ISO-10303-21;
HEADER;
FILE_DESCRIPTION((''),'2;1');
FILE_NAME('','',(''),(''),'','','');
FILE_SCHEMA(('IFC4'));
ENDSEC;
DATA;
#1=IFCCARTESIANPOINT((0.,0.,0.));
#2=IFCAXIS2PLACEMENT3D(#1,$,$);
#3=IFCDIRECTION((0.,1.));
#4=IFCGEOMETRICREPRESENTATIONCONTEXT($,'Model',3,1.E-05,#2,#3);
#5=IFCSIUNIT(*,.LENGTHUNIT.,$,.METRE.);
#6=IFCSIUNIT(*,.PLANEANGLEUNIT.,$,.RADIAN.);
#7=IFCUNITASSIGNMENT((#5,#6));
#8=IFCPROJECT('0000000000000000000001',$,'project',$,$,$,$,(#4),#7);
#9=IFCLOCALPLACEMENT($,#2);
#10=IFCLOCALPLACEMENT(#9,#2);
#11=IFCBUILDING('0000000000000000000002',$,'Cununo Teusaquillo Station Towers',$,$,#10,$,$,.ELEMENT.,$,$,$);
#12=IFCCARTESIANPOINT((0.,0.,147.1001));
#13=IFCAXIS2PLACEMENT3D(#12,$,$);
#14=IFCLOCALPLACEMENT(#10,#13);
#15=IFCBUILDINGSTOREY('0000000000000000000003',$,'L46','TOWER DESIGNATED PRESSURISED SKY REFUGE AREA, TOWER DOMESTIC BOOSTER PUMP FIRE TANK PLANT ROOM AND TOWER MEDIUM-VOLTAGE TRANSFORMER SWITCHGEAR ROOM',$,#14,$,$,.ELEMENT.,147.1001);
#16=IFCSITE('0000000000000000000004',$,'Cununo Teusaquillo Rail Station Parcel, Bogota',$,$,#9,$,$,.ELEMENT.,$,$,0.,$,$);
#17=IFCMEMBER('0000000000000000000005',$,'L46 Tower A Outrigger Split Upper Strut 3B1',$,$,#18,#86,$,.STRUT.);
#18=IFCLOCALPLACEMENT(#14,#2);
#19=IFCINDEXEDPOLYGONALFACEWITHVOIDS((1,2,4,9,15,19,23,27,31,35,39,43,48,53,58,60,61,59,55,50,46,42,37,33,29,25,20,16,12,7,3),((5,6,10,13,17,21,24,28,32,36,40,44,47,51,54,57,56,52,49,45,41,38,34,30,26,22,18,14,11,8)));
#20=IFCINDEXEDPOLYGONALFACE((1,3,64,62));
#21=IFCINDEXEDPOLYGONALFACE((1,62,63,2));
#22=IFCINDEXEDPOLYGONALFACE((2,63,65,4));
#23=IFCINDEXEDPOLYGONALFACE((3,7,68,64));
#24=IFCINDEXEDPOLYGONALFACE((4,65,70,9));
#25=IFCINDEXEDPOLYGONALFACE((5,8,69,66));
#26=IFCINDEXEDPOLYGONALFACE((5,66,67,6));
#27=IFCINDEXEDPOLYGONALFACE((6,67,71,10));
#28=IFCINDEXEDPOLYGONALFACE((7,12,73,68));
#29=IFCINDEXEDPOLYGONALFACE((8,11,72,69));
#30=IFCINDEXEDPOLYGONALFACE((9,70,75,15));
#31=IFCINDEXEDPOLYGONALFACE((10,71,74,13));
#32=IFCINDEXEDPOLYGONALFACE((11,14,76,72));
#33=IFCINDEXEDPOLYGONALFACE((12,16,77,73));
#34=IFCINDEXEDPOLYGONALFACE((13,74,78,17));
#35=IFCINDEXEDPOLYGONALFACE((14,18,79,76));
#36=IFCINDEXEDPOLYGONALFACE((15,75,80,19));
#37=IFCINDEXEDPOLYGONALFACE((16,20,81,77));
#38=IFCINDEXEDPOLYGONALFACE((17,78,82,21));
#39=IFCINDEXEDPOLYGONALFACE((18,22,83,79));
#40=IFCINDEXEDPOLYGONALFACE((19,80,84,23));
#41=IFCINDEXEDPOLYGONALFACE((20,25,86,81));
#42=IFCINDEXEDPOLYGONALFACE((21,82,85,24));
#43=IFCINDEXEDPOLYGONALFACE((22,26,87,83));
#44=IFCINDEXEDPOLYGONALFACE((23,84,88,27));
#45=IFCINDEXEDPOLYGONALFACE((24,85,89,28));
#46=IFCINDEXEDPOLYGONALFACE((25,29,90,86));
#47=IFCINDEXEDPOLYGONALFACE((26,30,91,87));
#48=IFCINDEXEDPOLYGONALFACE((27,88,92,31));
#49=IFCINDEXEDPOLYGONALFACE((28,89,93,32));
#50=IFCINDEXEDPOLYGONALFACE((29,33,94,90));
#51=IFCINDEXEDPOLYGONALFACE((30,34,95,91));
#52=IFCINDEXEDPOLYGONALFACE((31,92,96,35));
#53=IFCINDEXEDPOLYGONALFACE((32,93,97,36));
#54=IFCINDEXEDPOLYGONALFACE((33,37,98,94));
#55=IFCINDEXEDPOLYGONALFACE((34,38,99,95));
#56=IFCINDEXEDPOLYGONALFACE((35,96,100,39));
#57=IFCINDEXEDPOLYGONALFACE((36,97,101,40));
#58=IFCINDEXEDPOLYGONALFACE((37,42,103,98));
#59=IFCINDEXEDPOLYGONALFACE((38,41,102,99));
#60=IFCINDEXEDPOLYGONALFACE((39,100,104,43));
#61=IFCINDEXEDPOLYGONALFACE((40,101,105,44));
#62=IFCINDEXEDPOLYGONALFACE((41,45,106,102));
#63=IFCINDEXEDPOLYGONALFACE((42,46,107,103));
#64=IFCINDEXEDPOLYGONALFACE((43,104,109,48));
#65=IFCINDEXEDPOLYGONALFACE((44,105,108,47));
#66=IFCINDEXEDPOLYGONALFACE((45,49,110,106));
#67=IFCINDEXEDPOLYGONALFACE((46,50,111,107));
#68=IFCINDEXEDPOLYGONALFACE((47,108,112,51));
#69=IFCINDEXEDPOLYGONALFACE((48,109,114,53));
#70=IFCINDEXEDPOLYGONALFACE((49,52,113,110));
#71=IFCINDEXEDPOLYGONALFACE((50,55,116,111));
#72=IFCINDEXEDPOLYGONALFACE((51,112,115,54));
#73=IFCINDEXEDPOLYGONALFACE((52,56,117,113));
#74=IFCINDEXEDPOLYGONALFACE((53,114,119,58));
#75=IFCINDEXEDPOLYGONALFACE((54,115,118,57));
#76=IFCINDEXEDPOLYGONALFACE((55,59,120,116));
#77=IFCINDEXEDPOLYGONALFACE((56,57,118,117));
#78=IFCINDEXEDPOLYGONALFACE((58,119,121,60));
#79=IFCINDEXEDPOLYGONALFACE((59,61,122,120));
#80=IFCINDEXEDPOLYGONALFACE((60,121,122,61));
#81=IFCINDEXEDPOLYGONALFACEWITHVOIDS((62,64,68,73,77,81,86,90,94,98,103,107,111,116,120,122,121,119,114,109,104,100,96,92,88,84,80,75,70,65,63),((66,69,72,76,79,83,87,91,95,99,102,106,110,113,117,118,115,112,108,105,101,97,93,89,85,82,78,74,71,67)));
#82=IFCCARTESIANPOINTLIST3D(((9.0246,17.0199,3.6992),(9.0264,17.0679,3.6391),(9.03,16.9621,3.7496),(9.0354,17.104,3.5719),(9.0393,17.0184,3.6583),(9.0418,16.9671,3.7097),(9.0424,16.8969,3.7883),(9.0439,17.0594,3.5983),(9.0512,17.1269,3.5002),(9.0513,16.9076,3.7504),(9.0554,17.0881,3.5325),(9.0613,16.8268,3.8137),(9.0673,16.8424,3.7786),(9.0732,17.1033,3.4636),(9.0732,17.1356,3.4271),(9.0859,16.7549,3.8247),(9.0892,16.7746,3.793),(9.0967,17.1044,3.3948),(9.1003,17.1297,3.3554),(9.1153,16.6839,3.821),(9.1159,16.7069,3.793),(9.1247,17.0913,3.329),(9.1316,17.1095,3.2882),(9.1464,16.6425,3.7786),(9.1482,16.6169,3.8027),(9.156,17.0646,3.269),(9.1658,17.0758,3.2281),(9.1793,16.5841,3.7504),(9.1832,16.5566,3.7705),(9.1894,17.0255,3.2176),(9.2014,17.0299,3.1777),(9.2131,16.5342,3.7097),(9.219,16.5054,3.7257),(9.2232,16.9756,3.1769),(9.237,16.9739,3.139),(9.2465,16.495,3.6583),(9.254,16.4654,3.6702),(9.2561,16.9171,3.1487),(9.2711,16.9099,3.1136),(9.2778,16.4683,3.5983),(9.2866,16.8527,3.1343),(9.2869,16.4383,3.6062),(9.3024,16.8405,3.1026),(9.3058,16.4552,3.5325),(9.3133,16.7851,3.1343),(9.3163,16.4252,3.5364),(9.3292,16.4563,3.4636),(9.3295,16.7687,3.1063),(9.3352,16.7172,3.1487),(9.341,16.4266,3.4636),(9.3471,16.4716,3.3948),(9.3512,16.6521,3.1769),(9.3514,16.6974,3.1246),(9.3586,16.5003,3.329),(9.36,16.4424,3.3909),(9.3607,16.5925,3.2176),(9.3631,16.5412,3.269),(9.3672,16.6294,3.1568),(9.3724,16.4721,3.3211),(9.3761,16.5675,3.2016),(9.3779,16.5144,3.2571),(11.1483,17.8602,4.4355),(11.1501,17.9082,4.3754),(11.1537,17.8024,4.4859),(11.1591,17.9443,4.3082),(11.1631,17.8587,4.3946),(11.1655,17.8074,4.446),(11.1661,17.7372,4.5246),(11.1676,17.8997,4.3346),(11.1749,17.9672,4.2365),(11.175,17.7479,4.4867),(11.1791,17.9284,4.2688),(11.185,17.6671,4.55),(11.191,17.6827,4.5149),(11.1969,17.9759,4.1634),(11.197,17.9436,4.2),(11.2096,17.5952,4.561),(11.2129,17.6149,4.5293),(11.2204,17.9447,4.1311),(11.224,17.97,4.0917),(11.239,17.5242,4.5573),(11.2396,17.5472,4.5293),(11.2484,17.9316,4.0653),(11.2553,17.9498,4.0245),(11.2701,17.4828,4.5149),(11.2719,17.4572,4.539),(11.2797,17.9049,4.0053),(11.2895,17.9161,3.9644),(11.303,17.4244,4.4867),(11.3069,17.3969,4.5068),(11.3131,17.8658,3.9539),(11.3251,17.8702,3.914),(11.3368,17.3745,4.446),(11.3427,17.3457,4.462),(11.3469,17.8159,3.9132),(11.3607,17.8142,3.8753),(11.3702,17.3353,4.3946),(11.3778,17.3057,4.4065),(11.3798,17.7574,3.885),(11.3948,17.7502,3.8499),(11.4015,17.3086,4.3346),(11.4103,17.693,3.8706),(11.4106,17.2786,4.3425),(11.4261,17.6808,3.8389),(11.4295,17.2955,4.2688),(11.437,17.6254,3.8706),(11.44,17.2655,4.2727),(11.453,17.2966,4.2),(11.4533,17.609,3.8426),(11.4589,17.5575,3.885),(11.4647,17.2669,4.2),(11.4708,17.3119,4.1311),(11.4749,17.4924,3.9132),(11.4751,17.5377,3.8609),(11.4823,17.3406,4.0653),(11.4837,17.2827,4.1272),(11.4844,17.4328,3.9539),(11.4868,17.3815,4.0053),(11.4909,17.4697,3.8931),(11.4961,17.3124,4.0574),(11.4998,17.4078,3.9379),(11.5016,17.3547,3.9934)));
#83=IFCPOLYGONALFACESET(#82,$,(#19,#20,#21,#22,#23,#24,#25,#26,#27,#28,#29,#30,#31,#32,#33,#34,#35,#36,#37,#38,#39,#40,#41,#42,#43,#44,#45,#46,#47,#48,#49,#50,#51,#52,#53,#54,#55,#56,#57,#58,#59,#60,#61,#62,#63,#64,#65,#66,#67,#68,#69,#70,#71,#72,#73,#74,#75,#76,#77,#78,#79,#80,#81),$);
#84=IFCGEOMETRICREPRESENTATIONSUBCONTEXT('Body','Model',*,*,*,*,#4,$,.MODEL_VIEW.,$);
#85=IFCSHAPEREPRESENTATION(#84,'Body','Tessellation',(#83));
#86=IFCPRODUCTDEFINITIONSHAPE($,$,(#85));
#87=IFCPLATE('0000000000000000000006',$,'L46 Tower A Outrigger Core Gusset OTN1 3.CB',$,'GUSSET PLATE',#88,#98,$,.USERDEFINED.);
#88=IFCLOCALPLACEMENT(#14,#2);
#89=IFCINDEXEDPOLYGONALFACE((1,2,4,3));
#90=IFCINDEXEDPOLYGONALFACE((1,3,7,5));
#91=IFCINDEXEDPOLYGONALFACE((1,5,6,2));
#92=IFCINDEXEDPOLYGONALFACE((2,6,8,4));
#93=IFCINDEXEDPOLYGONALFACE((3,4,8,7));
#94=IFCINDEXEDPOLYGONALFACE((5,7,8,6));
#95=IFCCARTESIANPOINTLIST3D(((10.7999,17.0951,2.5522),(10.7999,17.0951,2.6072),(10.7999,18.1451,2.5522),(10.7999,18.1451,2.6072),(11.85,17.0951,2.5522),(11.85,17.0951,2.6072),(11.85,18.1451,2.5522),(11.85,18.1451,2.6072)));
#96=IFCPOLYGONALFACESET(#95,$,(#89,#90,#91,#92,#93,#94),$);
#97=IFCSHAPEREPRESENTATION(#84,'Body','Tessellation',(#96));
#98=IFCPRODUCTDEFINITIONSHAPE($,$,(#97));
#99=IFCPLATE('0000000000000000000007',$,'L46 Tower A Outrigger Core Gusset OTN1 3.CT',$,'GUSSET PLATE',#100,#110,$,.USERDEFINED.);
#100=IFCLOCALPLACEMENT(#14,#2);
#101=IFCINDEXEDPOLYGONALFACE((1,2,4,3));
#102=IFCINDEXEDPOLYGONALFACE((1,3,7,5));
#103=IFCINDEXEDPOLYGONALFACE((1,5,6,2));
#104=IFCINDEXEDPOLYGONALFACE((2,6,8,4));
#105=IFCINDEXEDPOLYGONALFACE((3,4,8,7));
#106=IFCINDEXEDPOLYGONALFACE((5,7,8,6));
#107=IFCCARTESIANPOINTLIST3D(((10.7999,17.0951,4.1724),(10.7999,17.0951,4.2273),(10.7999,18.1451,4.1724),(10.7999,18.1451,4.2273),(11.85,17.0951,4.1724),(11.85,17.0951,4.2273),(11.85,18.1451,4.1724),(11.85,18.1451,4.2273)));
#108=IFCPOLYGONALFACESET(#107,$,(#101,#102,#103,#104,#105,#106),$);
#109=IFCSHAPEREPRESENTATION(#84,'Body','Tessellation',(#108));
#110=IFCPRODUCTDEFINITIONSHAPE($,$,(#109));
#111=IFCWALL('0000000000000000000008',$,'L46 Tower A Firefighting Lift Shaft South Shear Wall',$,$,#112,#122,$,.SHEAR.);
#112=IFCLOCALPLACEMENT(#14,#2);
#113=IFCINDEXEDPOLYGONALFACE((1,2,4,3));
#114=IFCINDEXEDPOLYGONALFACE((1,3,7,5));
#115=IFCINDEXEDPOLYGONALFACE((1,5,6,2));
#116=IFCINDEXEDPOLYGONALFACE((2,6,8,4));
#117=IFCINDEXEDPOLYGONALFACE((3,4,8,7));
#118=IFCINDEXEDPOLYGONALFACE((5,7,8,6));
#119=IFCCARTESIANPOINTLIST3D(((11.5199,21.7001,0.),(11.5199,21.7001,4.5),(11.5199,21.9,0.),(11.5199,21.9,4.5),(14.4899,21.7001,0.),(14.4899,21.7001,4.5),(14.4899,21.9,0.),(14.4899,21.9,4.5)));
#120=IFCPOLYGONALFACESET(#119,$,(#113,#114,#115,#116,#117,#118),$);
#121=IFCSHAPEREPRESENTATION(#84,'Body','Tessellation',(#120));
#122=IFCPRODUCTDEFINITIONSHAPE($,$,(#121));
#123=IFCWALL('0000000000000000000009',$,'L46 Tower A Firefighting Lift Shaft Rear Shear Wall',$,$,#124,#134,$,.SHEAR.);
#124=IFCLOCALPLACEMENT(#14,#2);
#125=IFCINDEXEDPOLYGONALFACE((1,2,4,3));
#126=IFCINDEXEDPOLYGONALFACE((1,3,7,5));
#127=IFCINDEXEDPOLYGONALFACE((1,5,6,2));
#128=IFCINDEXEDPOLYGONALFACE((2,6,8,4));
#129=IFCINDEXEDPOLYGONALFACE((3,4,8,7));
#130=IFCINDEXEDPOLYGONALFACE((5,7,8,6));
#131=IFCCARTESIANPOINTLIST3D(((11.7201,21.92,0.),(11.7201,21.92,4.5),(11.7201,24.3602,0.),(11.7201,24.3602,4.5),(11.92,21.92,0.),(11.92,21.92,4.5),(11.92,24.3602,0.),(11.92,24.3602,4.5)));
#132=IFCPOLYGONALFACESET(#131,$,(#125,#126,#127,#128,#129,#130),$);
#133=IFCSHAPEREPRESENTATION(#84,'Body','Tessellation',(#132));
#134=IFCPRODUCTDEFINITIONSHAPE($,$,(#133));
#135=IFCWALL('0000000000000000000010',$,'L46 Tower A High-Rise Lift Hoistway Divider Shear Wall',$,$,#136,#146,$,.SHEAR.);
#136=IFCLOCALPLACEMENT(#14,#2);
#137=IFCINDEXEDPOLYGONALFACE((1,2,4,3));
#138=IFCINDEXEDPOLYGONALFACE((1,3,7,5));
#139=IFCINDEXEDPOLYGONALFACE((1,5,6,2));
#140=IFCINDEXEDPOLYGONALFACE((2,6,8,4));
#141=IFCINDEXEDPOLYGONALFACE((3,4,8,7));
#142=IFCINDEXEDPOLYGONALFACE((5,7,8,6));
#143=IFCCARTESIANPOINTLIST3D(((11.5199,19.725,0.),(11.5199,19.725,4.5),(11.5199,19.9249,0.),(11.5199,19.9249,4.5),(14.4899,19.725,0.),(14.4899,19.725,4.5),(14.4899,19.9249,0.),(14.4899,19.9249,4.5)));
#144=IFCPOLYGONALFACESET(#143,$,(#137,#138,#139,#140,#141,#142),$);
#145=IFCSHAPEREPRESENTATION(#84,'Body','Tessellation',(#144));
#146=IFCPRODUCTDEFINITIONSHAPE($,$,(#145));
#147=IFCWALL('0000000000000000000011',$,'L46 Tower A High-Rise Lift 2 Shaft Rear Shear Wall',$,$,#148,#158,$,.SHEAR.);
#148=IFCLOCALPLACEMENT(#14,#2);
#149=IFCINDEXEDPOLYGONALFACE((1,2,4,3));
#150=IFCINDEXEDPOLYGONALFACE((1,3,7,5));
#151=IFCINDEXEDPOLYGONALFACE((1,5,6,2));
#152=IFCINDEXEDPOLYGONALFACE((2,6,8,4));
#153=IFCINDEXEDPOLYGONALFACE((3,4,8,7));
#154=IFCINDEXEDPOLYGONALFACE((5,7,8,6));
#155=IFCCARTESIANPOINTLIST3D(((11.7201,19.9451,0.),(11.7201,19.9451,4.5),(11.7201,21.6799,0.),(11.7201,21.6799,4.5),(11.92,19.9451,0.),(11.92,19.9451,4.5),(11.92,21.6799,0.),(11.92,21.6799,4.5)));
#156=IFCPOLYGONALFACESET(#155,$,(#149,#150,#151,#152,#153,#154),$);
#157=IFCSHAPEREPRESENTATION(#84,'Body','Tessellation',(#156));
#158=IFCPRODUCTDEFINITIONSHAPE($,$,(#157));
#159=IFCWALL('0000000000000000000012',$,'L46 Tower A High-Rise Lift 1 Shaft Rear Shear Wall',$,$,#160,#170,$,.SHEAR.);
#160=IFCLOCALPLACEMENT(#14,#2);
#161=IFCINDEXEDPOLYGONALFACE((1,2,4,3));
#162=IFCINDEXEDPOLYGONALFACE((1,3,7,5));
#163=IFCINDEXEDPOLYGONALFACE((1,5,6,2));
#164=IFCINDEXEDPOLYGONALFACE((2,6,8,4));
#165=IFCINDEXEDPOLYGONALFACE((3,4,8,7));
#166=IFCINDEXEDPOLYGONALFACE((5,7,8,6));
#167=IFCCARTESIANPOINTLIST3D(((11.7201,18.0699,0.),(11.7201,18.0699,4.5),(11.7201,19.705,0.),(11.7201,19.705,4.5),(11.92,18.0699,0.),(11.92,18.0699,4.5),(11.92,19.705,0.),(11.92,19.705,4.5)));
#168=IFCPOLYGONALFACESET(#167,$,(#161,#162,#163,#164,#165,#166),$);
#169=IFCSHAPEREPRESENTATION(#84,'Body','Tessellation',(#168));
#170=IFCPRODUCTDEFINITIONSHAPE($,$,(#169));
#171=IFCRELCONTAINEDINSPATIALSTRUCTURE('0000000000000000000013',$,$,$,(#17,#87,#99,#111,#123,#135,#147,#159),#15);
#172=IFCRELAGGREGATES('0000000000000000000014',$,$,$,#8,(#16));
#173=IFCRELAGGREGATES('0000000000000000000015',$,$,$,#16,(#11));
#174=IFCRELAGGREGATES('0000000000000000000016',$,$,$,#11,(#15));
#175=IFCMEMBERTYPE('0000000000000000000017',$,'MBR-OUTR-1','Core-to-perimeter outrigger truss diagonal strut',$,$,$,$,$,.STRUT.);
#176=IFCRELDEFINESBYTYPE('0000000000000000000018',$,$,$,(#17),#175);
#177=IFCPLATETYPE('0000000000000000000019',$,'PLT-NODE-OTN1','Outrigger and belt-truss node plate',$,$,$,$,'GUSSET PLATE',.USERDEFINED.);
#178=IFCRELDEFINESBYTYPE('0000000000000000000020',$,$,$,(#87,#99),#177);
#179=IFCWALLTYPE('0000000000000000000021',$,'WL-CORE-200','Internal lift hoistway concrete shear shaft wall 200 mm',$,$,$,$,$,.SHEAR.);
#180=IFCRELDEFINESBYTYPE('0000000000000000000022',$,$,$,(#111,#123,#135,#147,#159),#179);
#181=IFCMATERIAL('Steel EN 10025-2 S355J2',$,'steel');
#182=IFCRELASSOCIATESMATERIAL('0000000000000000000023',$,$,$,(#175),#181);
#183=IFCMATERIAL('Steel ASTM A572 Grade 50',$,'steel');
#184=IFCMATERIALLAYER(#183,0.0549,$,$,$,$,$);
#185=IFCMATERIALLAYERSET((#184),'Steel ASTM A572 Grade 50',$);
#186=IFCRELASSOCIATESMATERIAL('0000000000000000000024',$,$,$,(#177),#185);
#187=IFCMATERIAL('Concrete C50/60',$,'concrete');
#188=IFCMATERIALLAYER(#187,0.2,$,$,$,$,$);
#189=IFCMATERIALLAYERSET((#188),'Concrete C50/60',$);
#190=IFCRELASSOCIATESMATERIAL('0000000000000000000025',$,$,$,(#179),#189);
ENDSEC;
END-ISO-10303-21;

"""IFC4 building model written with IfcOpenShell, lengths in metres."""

from ifc_helpers import new_model, si_unit, direction, frame, frame_2d, origin, origin_2d, place, context, subcontext, project, spatial, rectangle, hollow_circle, extrude, source, transform, mapped, material, layer, layer_set, material_profile, profile_set, type_object, element, save


model = new_model("IFC4")

# Units and contexts
model_context = context("Model", 3, precision=1e-05, world=origin(), true_north=direction((0.0, 1.0)))
body_context = subcontext(model_context, "Body", "Model", "MODEL_VIEW")
ifc_project = project(units=[si_unit("LENGTHUNIT", "METRE"), si_unit("PLANEANGLEUNIT", "RADIAN")], contexts=[model_context])

# Site, building, storey
site_placement = place(None, origin())
site = spatial("IfcSite", under=ifc_project, at=site_placement, Name="Cununo Teusaquillo Rail Station Parcel, Bogota", CompositionType="ELEMENT", RefElevation=0.0)
building_placement = place(site_placement, origin())
building = spatial("IfcBuilding", under=site, at=building_placement, Name="Cununo Teusaquillo Station Towers", CompositionType="ELEMENT")
storey_placement = place(building_placement, frame((0.0, 0.0, 147.1001)))
storey = spatial("IfcBuildingStorey", under=building, at=storey_placement, Name="L46", Description="TOWER DESIGNATED PRESSURISED SKY REFUGE AREA, TOWER DOMESTIC BOOSTER PUMP FIRE TANK PLANT ROOM AND TOWER MEDIUM-VOLTAGE TRANSFORMER SWITCHGEAR ROOM", CompositionType="ELEMENT", Elevation=147.1001)

# Member
ifc_material_1 = material(Name="Steel EN 10025-2 S355J2", Category="steel")
ifc_material_profile_1 = material_profile(ifc_material_1, hollow_circle(Radius=0.3799, WallThickness=0.032, at=origin_2d()), Name="CHS 760x32")
ifc_profile_set_1 = profile_set([ifc_material_profile_1], Name="Steel EN 10025-2 S355J2")
member_type = type_object("IfcMemberType", Name="MBR-OUTR-1", Description="Core-to-perimeter outrigger truss diagonal strut", PredefinedType="STRUT", material=ifc_profile_set_1)
member_1_placement = place(storey_placement, frame((11.325, 17.6201, 4.2), z_axis=(-0.885002, -0.350176, -0.306836), x_axis=(0.367923, -0.929856, 0.0)))
element("IfcMember", 1, at=member_1_placement, inside=storey, type_object=member_type, Name="L46 Tower A Outrigger Split Upper Strut 3B1", PredefinedType="STRUT", context=body_context, shape_type="SweptSolid", body=[
    extrude(hollow_circle(Radius=0.3799, WallThickness=0.032, at=origin_2d()), origin(), (0.0, 0.0, 1.0), 2.3997),
])

# Plates
ifc_material_2 = material(Name="Steel ASTM A572 Grade 50", Category="steel")
ifc_layer_1 = layer(ifc_material_2, 0.0549)
ifc_layer_set_1 = layer_set([ifc_layer_1], Name="Steel ASTM A572 Grade 50")
plate_type = type_object("IfcPlateType", Name="PLT-NODE-OTN1", Description="Outrigger and belt-truss node plate", ElementType="GUSSET PLATE", PredefinedType="USERDEFINED", material=ifc_layer_set_1)
shared_shape_1 = source(origin(), body_context, "Body", "SweptSolid", [
    extrude(rectangle(XDim=1.05, YDim=1.05, at=origin_2d()), origin(), (0.0, 0.0, 1.0), 0.0549),
])
for number, where, z_axis, x_axis, name in (
    (2, (11.325, 17.6201, 2.5522), (0.0, 0.0, 1.0), (1.0, 0.0, 0.0), "L46 Tower A Outrigger Core Gusset OTN1 3.CB"),
    (3, (11.325, 17.6201, 4.1724), (0.0, 0.0, 1.0), (1.0, 0.0, 0.0), "L46 Tower A Outrigger Core Gusset OTN1 3.CT"),
):
    element("IfcPlate", number, at=place(storey_placement, frame(where, z_axis=z_axis, x_axis=x_axis)), inside=storey, type_object=plate_type, Name=name, ObjectType="GUSSET PLATE", PredefinedType="USERDEFINED", context=body_context, shape_type="MappedRepresentation", body=[
        mapped(shared_shape_1, transform((0.0, 0.0, 0.0), x_axis=(1.0, 0.0, 0.0), y_axis=(0.0, 1.0, 0.0), z_axis=(0.0, 0.0, 1.0), scale=1.0)),
    ])

# Walls
ifc_material_3 = material(Name="Concrete C50/60", Category="concrete")
ifc_layer_2 = layer(ifc_material_3, 0.2)
ifc_layer_set_2 = layer_set([ifc_layer_2], Name="Concrete C50/60")
wall_type_1 = type_object("IfcWallType", Name="WL-CORE-200", Description="Internal lift hoistway concrete shear shaft wall 200 mm", PredefinedType="SHEAR", material=ifc_layer_set_2)
wall_1_placement = place(storey_placement, frame((11.52, 21.8, 0.0), z_axis=(0.0, 0.0, 1.0), x_axis=(1.0, 0.0, 0.0)))
element("IfcWall", 4, at=wall_1_placement, inside=storey, type_object=wall_type_1, Name="L46 Tower A Firefighting Lift Shaft South Shear Wall", PredefinedType="SHEAR", context=body_context, shape_type="SweptSolid", body=[
    extrude(rectangle(XDim=2.97, YDim=0.2, at=frame_2d((1.4849, 0.0))), origin(), (0.0, 0.0, 1.0), 4.5),
])
wall_2_placement = place(storey_placement, frame((11.8201, 21.9199, 0.0), z_axis=(0.0, 0.0, 1.0), x_axis=(0.0, 1.0, 0.0)))
element("IfcWall", 5, at=wall_2_placement, inside=storey, type_object=wall_type_1, Name="L46 Tower A Firefighting Lift Shaft Rear Shear Wall", PredefinedType="SHEAR", context=body_context, shape_type="SweptSolid", body=[
    extrude(rectangle(XDim=2.4402, YDim=0.2, at=frame_2d((1.2202, 0.0))), origin(), (0.0, 0.0, 1.0), 4.5),
])
wall_3_placement = place(storey_placement, frame((11.52, 19.825, 0.0), z_axis=(0.0, 0.0, 1.0), x_axis=(1.0, 0.0, 0.0)))
element("IfcWall", 6, at=wall_3_placement, inside=storey, type_object=wall_type_1, Name="L46 Tower A High-Rise Lift Hoistway Divider Shear Wall", PredefinedType="SHEAR", context=body_context, shape_type="SweptSolid", body=[
    extrude(rectangle(XDim=2.97, YDim=0.2, at=frame_2d((1.4849, 0.0))), origin(), (0.0, 0.0, 1.0), 4.5),
])
wall_4_placement = place(storey_placement, frame((11.8201, 19.9451, 0.0), z_axis=(0.0, 0.0, 1.0), x_axis=(0.0, 1.0, 0.0)))
element("IfcWall", 7, at=wall_4_placement, inside=storey, type_object=wall_type_1, Name="L46 Tower A High-Rise Lift 2 Shaft Rear Shear Wall", PredefinedType="SHEAR", context=body_context, shape_type="SweptSolid", body=[
    extrude(rectangle(XDim=1.7349, YDim=0.2, at=frame_2d((0.8674, 0.0))), origin(), (0.0, 0.0, 1.0), 4.5),
])
wall_5_placement = place(storey_placement, frame((11.8201, 18.0701, 0.0), z_axis=(0.0, 0.0, 1.0), x_axis=(0.0, 1.0, 0.0)))
element("IfcWall", 8, at=wall_5_placement, inside=storey, type_object=wall_type_1, Name="L46 Tower A High-Rise Lift 1 Shaft Rear Shear Wall", PredefinedType="SHEAR", context=body_context, shape_type="SweptSolid", body=[
    extrude(rectangle(XDim=1.635, YDim=0.2, at=frame_2d((0.8174, 0.0))), origin(), (0.0, 0.0, 1.0), 4.5),
])

save(model, "model.ifc")
